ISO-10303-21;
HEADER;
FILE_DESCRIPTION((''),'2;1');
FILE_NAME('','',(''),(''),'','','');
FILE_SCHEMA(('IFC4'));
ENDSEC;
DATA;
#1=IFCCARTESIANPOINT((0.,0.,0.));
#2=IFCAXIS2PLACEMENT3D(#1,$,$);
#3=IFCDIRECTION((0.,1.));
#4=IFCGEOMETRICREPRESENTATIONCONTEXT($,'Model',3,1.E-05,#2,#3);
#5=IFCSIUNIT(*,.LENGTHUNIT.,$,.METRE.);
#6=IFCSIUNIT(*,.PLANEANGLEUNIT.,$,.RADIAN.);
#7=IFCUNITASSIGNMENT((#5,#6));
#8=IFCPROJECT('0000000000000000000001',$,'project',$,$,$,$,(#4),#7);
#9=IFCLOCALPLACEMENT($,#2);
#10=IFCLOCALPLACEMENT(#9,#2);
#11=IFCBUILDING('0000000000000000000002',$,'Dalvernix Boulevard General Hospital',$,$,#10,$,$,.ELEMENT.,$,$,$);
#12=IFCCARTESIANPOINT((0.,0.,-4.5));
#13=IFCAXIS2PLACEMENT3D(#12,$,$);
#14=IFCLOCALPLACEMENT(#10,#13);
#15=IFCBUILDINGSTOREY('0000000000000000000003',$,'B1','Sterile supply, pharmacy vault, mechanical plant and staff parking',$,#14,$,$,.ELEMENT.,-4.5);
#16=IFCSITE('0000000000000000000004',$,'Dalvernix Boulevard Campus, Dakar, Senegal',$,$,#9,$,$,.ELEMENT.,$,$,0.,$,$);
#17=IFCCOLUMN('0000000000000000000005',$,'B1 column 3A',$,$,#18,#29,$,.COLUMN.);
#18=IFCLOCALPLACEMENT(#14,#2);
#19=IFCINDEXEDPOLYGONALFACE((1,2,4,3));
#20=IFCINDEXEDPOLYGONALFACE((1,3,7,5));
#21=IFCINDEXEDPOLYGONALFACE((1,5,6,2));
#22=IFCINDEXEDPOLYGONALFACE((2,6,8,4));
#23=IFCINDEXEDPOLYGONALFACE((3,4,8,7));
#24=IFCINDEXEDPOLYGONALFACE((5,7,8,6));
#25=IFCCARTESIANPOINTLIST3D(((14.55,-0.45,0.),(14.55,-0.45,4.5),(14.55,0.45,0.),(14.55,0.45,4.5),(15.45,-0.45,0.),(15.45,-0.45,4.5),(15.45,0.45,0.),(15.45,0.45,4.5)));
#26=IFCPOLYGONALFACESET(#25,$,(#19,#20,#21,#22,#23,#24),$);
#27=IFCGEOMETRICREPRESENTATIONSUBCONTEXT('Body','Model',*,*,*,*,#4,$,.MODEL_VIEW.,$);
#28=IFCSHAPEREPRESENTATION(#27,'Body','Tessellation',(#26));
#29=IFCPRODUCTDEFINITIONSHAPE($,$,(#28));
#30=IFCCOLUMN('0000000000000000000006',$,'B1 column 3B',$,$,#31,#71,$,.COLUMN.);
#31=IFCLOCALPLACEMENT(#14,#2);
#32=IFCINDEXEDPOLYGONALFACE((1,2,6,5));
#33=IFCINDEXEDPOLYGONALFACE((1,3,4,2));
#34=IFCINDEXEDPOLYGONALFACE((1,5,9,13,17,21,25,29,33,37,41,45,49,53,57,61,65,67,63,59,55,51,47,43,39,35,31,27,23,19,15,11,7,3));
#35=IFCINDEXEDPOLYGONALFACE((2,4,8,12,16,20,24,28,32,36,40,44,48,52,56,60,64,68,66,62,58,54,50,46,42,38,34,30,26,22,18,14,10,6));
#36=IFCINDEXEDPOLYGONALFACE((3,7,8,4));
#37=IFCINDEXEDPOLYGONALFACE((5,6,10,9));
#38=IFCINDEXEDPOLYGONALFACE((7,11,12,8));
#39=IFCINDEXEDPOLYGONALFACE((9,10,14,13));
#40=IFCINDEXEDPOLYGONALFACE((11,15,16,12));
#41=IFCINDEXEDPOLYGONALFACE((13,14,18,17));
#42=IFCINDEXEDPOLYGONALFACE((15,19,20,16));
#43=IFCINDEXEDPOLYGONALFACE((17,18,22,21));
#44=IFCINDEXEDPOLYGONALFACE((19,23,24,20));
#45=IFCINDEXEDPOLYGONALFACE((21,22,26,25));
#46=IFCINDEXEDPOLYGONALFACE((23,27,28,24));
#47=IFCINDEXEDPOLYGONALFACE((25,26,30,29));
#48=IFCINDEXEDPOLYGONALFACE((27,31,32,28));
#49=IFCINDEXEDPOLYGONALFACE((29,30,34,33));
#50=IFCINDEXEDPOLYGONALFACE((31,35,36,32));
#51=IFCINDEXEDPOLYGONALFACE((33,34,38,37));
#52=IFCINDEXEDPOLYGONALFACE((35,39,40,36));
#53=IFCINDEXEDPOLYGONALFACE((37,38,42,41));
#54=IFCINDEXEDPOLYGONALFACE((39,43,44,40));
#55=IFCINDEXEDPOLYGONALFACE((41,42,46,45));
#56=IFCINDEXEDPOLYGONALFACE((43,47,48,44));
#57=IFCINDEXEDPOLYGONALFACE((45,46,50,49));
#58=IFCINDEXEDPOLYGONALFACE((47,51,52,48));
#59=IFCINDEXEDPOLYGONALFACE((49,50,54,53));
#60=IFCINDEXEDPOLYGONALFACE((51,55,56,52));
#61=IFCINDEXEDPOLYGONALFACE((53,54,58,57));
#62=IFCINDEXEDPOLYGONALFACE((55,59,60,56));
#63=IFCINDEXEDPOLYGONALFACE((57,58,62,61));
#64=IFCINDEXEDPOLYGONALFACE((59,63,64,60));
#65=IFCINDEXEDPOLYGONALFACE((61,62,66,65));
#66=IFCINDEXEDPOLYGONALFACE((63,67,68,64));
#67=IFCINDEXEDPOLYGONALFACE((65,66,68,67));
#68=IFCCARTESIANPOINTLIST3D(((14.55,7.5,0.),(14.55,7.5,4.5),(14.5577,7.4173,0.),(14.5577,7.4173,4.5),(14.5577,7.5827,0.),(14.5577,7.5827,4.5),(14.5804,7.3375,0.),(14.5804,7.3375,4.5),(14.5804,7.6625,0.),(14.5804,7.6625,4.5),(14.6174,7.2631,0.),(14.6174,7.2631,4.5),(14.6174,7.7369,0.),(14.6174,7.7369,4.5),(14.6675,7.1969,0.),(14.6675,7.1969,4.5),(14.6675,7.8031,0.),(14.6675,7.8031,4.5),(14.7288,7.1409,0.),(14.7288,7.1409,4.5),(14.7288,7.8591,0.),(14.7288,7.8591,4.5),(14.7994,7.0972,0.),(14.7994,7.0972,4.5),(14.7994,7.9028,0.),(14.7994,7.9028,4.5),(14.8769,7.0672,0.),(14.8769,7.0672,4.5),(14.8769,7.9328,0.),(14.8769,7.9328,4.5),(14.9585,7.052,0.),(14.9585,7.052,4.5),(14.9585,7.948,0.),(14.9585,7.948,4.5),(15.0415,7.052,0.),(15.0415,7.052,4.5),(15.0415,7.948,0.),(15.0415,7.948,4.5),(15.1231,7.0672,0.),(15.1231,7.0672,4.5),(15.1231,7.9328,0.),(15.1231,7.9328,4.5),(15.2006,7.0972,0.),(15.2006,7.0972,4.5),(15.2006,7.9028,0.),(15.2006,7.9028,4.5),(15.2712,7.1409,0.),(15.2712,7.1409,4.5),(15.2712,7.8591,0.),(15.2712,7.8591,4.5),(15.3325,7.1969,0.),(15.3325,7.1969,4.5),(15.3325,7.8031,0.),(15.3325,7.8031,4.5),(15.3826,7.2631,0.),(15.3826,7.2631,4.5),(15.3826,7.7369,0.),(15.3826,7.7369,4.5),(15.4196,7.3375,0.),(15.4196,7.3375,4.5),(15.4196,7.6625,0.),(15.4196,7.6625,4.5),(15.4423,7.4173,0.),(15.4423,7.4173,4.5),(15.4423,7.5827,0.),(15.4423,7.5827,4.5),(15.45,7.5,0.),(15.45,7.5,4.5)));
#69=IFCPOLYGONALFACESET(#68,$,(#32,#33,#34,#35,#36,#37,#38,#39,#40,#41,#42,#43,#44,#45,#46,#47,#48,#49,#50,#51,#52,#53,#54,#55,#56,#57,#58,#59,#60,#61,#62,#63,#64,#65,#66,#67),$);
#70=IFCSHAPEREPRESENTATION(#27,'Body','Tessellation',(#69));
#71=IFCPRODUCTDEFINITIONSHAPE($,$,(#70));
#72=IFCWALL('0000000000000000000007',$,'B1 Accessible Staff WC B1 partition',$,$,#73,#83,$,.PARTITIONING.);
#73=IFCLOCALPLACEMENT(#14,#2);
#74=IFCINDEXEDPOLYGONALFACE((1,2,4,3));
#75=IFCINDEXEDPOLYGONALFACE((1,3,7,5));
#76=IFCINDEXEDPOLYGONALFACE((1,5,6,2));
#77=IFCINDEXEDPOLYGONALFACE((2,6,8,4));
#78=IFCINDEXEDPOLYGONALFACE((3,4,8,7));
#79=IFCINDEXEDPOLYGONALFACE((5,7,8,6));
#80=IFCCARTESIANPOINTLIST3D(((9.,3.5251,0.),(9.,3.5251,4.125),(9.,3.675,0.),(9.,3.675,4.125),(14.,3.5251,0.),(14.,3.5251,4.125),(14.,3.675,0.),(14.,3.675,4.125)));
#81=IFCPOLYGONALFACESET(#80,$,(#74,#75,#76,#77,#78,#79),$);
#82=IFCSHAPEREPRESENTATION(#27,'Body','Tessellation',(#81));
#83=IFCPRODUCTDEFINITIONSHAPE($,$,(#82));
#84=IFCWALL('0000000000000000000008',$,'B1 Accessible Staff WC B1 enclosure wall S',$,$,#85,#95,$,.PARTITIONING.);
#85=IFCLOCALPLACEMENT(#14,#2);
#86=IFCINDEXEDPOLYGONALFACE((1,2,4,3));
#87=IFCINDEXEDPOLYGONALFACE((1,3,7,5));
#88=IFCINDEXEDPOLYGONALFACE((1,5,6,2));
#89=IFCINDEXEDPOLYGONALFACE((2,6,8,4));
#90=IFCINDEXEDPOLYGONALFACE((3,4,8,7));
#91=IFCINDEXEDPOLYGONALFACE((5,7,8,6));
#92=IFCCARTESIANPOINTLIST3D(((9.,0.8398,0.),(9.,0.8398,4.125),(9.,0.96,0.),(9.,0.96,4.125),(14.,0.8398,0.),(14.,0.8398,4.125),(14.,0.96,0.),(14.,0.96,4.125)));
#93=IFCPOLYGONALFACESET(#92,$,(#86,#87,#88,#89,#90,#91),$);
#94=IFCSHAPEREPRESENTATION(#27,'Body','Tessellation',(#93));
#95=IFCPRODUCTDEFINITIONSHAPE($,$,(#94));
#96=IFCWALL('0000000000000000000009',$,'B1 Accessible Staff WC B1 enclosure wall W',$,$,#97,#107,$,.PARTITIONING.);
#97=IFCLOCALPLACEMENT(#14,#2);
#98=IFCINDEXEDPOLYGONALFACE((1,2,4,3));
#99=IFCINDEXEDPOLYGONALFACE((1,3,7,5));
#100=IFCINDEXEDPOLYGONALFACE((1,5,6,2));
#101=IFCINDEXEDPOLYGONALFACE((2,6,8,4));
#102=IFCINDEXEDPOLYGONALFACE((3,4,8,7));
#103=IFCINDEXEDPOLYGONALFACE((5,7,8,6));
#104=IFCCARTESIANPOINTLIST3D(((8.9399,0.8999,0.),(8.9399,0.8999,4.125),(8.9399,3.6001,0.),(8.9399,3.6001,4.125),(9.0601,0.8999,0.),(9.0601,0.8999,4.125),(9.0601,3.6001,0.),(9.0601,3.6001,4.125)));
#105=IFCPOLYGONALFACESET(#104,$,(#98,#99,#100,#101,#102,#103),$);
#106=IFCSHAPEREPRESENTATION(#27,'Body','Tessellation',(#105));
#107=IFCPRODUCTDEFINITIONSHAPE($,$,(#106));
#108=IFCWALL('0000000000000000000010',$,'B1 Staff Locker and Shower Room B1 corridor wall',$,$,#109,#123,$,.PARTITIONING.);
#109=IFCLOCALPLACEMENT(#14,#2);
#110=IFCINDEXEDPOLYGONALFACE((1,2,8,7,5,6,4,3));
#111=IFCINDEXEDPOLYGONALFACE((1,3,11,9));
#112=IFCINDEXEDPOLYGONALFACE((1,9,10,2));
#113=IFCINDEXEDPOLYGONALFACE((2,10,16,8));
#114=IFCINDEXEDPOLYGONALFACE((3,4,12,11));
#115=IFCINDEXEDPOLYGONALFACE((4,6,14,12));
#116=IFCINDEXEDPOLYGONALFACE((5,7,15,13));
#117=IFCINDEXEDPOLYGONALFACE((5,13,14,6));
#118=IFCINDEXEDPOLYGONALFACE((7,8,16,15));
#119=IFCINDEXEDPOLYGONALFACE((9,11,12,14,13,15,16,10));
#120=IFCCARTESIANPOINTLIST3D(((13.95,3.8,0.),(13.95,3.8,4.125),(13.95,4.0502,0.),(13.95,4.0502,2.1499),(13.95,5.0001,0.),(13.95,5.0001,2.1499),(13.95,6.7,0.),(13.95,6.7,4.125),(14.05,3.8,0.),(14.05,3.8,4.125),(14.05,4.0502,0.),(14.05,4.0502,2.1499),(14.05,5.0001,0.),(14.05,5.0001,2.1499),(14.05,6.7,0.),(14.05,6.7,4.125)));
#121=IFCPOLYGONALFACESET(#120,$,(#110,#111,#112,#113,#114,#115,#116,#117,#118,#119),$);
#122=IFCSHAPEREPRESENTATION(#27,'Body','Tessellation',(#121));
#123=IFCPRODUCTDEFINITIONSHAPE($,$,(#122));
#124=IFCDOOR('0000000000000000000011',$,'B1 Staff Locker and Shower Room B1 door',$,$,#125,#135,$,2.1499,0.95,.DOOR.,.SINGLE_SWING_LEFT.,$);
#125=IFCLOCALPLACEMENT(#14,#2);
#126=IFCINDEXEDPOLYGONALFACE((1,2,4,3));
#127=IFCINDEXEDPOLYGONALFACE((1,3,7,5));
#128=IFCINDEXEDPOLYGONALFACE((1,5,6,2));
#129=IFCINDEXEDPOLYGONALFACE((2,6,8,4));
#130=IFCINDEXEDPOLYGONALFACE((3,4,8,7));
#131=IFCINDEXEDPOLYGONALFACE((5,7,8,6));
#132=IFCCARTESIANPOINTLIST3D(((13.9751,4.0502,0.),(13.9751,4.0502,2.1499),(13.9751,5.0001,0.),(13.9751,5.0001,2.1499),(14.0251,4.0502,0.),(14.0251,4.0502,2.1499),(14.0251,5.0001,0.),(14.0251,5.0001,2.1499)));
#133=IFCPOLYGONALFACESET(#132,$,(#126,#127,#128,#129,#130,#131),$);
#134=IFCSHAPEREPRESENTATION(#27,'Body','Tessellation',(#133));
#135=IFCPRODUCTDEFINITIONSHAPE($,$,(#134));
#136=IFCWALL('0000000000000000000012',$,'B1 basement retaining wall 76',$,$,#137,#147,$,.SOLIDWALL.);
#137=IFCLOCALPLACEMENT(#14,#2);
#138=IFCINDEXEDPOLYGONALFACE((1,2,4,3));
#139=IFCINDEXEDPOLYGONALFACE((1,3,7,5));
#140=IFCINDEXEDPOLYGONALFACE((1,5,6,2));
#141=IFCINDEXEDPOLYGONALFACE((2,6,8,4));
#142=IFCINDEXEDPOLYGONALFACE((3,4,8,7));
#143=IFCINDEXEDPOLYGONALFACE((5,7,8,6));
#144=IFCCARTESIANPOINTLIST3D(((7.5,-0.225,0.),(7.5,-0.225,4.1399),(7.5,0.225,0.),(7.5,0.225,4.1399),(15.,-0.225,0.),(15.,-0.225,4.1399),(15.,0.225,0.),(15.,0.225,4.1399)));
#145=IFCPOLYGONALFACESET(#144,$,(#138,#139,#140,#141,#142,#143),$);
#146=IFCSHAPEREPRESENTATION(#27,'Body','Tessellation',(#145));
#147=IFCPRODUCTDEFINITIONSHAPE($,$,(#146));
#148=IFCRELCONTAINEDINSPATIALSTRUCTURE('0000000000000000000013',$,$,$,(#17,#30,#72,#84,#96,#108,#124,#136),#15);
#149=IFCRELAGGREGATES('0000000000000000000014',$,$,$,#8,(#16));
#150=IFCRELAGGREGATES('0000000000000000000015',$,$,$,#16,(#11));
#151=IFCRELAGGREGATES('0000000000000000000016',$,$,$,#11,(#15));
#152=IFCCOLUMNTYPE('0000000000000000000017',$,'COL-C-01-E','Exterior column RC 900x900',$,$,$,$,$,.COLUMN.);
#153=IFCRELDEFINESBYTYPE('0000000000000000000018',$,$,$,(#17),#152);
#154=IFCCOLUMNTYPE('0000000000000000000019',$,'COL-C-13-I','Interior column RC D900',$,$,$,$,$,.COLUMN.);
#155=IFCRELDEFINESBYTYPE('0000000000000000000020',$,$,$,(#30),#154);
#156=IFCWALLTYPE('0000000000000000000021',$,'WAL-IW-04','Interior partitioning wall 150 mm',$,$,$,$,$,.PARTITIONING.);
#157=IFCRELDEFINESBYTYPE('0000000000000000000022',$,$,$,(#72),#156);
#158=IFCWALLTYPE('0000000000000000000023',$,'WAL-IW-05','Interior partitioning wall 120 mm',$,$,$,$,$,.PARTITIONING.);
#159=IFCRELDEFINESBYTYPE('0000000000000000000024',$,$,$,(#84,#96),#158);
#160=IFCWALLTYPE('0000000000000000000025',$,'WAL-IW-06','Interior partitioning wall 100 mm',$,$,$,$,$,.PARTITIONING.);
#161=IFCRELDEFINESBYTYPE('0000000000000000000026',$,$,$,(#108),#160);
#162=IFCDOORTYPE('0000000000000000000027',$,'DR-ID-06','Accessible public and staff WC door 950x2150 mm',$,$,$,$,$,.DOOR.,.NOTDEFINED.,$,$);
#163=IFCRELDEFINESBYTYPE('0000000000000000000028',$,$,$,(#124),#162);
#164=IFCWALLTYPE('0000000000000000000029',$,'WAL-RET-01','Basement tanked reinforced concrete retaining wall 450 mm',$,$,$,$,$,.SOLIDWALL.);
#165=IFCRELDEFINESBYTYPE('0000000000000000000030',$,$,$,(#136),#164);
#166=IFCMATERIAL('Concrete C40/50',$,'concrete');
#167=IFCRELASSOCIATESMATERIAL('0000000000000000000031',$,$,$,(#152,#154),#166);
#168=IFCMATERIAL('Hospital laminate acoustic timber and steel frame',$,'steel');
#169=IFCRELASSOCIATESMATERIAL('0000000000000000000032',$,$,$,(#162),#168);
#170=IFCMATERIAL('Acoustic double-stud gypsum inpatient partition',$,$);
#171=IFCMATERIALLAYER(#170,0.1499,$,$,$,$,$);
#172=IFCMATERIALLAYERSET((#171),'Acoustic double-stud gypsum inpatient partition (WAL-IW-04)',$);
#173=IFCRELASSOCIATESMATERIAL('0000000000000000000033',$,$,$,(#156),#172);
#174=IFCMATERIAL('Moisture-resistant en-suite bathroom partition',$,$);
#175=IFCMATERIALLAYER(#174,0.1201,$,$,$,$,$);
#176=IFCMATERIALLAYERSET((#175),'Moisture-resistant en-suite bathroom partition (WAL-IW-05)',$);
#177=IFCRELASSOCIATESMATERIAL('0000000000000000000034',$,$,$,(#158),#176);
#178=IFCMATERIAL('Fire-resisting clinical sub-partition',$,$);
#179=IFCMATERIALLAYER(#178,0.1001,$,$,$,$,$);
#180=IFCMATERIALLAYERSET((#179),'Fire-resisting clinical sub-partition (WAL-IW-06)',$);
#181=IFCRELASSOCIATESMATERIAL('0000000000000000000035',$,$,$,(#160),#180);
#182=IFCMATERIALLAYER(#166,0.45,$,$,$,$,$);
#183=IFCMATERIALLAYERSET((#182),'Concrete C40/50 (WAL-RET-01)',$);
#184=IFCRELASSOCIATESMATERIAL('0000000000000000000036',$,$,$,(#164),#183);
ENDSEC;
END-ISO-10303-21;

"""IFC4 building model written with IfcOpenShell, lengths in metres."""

from ifc_helpers import new_model, si_unit, direction, frame, frame_2d, origin, origin_2d, place, context, subcontext, project, spatial, rectangle, circle, extrude, material, layer, layer_set, material_profile, profile_set, type_object, element, fill, save


model = new_model("IFC4")

# Units and contexts
model_context = context("Model", 3, precision=1e-05, world=origin(), true_north=direction((0.0, 1.0)))
body_context = subcontext(model_context, "Body", "Model", "MODEL_VIEW")
ifc_project = project(units=[si_unit("LENGTHUNIT", "METRE"), si_unit("PLANEANGLEUNIT", "RADIAN")], contexts=[model_context])

# Site, building, storey
site_placement = place(None, origin())
site = spatial("IfcSite", under=ifc_project, at=site_placement, Name="Dalvernix Boulevard Campus, Dakar, Senegal", CompositionType="ELEMENT", RefElevation=0.0)
building_placement = place(site_placement, origin())
building = spatial("IfcBuilding", under=site, at=building_placement, Name="Dalvernix Boulevard General Hospital", CompositionType="ELEMENT")
storey_placement = place(building_placement, frame((0.0, 0.0, -4.5)))
storey = spatial("IfcBuildingStorey", under=building, at=storey_placement, Name="B1", Description="Sterile supply, pharmacy vault, mechanical plant and staff parking", CompositionType="ELEMENT", Elevation=-4.5)

# Shared definitions
ifc_material_1 = material(Name="Concrete C40/50", Category="concrete")

# Columns
ifc_material_profile_1 = material_profile(ifc_material_1, rectangle(XDim=0.8999, YDim=0.8999, at=origin_2d()), Name="RC 900x900")
ifc_profile_set_1 = profile_set([ifc_material_profile_1], Name="Concrete C40/50")
column_type_1 = type_object("IfcColumnType", Name="COL-C-01-E", Description="Exterior column RC 900x900", PredefinedType="COLUMN", material=ifc_profile_set_1)
column_1_placement = place(storey_placement, frame((15.0, 0.0, 0.0), z_axis=(0.0, 0.0, 1.0), x_axis=(1.0, 0.0, 0.0)))
element("IfcColumn", 1, at=column_1_placement, inside=storey, type_object=column_type_1, Name="B1 column 3A", PredefinedType="COLUMN", context=body_context, shape_type="SweptSolid", body=[
    extrude(rectangle(XDim=0.8999, YDim=0.8999, at=origin_2d()), origin(), (0.0, 0.0, 1.0), 4.5),
])
ifc_material_profile_2 = material_profile(ifc_material_1, circle(Radius=0.45, at=origin_2d()), Name="RC D900")
ifc_profile_set_2 = profile_set([ifc_material_profile_2], Name="Concrete C40/50")
column_type_2 = type_object("IfcColumnType", Name="COL-C-13-I", Description="Interior column RC D900", PredefinedType="COLUMN", material=ifc_profile_set_2)
column_2_placement = place(storey_placement, frame((15.0, 7.5, 0.0), z_axis=(0.0, 0.0, 1.0), x_axis=(1.0, 0.0, 0.0)))
element("IfcColumn", 2, at=column_2_placement, inside=storey, type_object=column_type_2, Name="B1 column 3B", PredefinedType="COLUMN", context=body_context, shape_type="SweptSolid", body=[
    extrude(circle(Radius=0.45, at=origin_2d()), origin(), (0.0, 0.0, 1.0), 4.5),
])

# Shared definitions
ifc_material_2 = material(Name="Hospital laminate acoustic timber and steel frame", Category="steel")
door_type = type_object("IfcDoorType", Name="DR-ID-06", Description="Accessible public and staff WC door 950x2150 mm", OperationType="NOTDEFINED", PredefinedType="DOOR", material=ifc_material_2)

# Walls
ifc_material_3 = material(Name="Acoustic double-stud gypsum inpatient partition")
ifc_layer_1 = layer(ifc_material_3, 0.1499)
ifc_layer_set_1 = layer_set([ifc_layer_1], Name="Acoustic double-stud gypsum inpatient partition (WAL-IW-04)")
wall_type_1 = type_object("IfcWallType", Name="WAL-IW-04", Description="Interior partitioning wall 150 mm", PredefinedType="PARTITIONING", material=ifc_layer_set_1)
wall_1_placement = place(storey_placement, frame((9.0, 3.6001, 0.0), z_axis=(0.0, 0.0, 1.0), x_axis=(1.0, 0.0, 0.0)))
element("IfcWall", 3, at=wall_1_placement, inside=storey, type_object=wall_type_1, Name="B1 Accessible Staff WC B1 partition", PredefinedType="PARTITIONING", context=body_context, shape_type="SweptSolid", body=[
    extrude(rectangle(XDim=5.0, YDim=0.1499, at=frame_2d((2.5, 0.0))), origin(), (0.0, 0.0, 1.0), 4.125),
])
ifc_material_4 = material(Name="Moisture-resistant en-suite bathroom partition")
ifc_layer_2 = layer(ifc_material_4, 0.1201)
ifc_layer_set_2 = layer_set([ifc_layer_2], Name="Moisture-resistant en-suite bathroom partition (WAL-IW-05)")
wall_type_2 = type_object("IfcWallType", Name="WAL-IW-05", Description="Interior partitioning wall 120 mm", PredefinedType="PARTITIONING", material=ifc_layer_set_2)
wall_2_placement = place(storey_placement, frame((9.0, 0.8999, 0.0), z_axis=(0.0, 0.0, 1.0), x_axis=(1.0, 0.0, 0.0)))
element("IfcWall", 4, at=wall_2_placement, inside=storey, type_object=wall_type_2, Name="B1 Accessible Staff WC B1 enclosure wall S", PredefinedType="PARTITIONING", context=body_context, shape_type="SweptSolid", body=[
    extrude(rectangle(XDim=5.0, YDim=0.1201, at=frame_2d((2.5, 0.0))), origin(), (0.0, 0.0, 1.0), 4.125),
])
wall_3_placement = place(storey_placement, frame((9.0, 0.8999, 0.0), z_axis=(0.0, 0.0, 1.0), x_axis=(0.0, 1.0, 0.0)))
element("IfcWall", 5, at=wall_3_placement, inside=storey, type_object=wall_type_2, Name="B1 Accessible Staff WC B1 enclosure wall W", PredefinedType="PARTITIONING", context=body_context, shape_type="SweptSolid", body=[
    extrude(rectangle(XDim=2.7002, YDim=0.1201, at=frame_2d((1.3501, 0.0))), origin(), (0.0, 0.0, 1.0), 4.125),
])

# Wall, opening, door
ifc_material_5 = material(Name="Fire-resisting clinical sub-partition")
ifc_layer_3 = layer(ifc_material_5, 0.1001)
ifc_layer_set_3 = layer_set([ifc_layer_3], Name="Fire-resisting clinical sub-partition (WAL-IW-06)")
wall_type_3 = type_object("IfcWallType", Name="WAL-IW-06", Description="Interior partitioning wall 100 mm", PredefinedType="PARTITIONING", material=ifc_layer_set_3)
wall_4_placement = place(storey_placement, frame((14.0, 3.8, 0.0), z_axis=(0.0, 0.0, 1.0), x_axis=(0.0, 1.0, 0.0)))
wall_4 = element("IfcWall", 6, at=wall_4_placement, inside=storey, type_object=wall_type_3, Name="B1 Staff Locker and Shower Room B1 corridor wall", PredefinedType="PARTITIONING", context=body_context, shape_type="SweptSolid", body=[
    extrude(rectangle(XDim=2.8999, YDim=0.1001, at=frame_2d((1.45, 0.0))), origin(), (0.0, 0.0, 1.0), 4.125),
])
opening_1_placement = place(wall_4_placement, frame((0.25, 0.0, 0.0)))
opening_1 = element("IfcOpeningElement", 7, at=opening_1_placement, cuts=wall_4, PredefinedType="OPENING", context=body_context, shape_type="SweptSolid", body=[
    extrude(rectangle(XDim=0.95, YDim=2.1499, at=frame_2d((0.4751, 1.075))), frame((0.0, 0.0601, 0.0), z_axis=(0.0, -1.0, 0.0), x_axis=(1.0, 0.0, 0.0)), (0.0, 0.0, 1.0), 0.1201),
])
door_1_placement = place(opening_1_placement, origin())
door_1 = element("IfcDoor", 8, at=door_1_placement, inside=storey, type_object=door_type, Name="B1 Staff Locker and Shower Room B1 door", OperationType="SINGLE_SWING_LEFT", OverallHeight=2.1499, OverallWidth=0.95, PredefinedType="DOOR", context=body_context, shape_type="SweptSolid", body=[
    extrude(rectangle(XDim=0.95, YDim=2.1499, at=frame_2d((0.4751, 1.075))), frame((0.0, 0.0249, 0.0), z_axis=(0.0, -1.0, 0.0), x_axis=(1.0, 0.0, 0.0)), (0.0, 0.0, 1.0), 0.05),
])
fill(opening_1, door_1)

# Wall
ifc_layer_4 = layer(ifc_material_1, 0.45)
ifc_layer_set_4 = layer_set([ifc_layer_4], Name="Concrete C40/50 (WAL-RET-01)")
wall_type_4 = type_object("IfcWallType", Name="WAL-RET-01", Description="Basement tanked reinforced concrete retaining wall 450 mm", PredefinedType="SOLIDWALL", material=ifc_layer_set_4)
wall_5_placement = place(storey_placement, frame((15.0, 0.0, 0.0), z_axis=(0.0, 0.0, 1.0), x_axis=(-1.0, 0.0, 0.0)))
element("IfcWall", 9, at=wall_5_placement, inside=storey, type_object=wall_type_4, Name="B1 basement retaining wall 76", PredefinedType="SOLIDWALL", context=body_context, shape_type="SweptSolid", body=[
    extrude(rectangle(XDim=7.5, YDim=0.45, at=frame_2d((3.75, 0.0))), origin(), (0.0, 0.0, 1.0), 4.1399),
])

save(model, "model.ifc")
